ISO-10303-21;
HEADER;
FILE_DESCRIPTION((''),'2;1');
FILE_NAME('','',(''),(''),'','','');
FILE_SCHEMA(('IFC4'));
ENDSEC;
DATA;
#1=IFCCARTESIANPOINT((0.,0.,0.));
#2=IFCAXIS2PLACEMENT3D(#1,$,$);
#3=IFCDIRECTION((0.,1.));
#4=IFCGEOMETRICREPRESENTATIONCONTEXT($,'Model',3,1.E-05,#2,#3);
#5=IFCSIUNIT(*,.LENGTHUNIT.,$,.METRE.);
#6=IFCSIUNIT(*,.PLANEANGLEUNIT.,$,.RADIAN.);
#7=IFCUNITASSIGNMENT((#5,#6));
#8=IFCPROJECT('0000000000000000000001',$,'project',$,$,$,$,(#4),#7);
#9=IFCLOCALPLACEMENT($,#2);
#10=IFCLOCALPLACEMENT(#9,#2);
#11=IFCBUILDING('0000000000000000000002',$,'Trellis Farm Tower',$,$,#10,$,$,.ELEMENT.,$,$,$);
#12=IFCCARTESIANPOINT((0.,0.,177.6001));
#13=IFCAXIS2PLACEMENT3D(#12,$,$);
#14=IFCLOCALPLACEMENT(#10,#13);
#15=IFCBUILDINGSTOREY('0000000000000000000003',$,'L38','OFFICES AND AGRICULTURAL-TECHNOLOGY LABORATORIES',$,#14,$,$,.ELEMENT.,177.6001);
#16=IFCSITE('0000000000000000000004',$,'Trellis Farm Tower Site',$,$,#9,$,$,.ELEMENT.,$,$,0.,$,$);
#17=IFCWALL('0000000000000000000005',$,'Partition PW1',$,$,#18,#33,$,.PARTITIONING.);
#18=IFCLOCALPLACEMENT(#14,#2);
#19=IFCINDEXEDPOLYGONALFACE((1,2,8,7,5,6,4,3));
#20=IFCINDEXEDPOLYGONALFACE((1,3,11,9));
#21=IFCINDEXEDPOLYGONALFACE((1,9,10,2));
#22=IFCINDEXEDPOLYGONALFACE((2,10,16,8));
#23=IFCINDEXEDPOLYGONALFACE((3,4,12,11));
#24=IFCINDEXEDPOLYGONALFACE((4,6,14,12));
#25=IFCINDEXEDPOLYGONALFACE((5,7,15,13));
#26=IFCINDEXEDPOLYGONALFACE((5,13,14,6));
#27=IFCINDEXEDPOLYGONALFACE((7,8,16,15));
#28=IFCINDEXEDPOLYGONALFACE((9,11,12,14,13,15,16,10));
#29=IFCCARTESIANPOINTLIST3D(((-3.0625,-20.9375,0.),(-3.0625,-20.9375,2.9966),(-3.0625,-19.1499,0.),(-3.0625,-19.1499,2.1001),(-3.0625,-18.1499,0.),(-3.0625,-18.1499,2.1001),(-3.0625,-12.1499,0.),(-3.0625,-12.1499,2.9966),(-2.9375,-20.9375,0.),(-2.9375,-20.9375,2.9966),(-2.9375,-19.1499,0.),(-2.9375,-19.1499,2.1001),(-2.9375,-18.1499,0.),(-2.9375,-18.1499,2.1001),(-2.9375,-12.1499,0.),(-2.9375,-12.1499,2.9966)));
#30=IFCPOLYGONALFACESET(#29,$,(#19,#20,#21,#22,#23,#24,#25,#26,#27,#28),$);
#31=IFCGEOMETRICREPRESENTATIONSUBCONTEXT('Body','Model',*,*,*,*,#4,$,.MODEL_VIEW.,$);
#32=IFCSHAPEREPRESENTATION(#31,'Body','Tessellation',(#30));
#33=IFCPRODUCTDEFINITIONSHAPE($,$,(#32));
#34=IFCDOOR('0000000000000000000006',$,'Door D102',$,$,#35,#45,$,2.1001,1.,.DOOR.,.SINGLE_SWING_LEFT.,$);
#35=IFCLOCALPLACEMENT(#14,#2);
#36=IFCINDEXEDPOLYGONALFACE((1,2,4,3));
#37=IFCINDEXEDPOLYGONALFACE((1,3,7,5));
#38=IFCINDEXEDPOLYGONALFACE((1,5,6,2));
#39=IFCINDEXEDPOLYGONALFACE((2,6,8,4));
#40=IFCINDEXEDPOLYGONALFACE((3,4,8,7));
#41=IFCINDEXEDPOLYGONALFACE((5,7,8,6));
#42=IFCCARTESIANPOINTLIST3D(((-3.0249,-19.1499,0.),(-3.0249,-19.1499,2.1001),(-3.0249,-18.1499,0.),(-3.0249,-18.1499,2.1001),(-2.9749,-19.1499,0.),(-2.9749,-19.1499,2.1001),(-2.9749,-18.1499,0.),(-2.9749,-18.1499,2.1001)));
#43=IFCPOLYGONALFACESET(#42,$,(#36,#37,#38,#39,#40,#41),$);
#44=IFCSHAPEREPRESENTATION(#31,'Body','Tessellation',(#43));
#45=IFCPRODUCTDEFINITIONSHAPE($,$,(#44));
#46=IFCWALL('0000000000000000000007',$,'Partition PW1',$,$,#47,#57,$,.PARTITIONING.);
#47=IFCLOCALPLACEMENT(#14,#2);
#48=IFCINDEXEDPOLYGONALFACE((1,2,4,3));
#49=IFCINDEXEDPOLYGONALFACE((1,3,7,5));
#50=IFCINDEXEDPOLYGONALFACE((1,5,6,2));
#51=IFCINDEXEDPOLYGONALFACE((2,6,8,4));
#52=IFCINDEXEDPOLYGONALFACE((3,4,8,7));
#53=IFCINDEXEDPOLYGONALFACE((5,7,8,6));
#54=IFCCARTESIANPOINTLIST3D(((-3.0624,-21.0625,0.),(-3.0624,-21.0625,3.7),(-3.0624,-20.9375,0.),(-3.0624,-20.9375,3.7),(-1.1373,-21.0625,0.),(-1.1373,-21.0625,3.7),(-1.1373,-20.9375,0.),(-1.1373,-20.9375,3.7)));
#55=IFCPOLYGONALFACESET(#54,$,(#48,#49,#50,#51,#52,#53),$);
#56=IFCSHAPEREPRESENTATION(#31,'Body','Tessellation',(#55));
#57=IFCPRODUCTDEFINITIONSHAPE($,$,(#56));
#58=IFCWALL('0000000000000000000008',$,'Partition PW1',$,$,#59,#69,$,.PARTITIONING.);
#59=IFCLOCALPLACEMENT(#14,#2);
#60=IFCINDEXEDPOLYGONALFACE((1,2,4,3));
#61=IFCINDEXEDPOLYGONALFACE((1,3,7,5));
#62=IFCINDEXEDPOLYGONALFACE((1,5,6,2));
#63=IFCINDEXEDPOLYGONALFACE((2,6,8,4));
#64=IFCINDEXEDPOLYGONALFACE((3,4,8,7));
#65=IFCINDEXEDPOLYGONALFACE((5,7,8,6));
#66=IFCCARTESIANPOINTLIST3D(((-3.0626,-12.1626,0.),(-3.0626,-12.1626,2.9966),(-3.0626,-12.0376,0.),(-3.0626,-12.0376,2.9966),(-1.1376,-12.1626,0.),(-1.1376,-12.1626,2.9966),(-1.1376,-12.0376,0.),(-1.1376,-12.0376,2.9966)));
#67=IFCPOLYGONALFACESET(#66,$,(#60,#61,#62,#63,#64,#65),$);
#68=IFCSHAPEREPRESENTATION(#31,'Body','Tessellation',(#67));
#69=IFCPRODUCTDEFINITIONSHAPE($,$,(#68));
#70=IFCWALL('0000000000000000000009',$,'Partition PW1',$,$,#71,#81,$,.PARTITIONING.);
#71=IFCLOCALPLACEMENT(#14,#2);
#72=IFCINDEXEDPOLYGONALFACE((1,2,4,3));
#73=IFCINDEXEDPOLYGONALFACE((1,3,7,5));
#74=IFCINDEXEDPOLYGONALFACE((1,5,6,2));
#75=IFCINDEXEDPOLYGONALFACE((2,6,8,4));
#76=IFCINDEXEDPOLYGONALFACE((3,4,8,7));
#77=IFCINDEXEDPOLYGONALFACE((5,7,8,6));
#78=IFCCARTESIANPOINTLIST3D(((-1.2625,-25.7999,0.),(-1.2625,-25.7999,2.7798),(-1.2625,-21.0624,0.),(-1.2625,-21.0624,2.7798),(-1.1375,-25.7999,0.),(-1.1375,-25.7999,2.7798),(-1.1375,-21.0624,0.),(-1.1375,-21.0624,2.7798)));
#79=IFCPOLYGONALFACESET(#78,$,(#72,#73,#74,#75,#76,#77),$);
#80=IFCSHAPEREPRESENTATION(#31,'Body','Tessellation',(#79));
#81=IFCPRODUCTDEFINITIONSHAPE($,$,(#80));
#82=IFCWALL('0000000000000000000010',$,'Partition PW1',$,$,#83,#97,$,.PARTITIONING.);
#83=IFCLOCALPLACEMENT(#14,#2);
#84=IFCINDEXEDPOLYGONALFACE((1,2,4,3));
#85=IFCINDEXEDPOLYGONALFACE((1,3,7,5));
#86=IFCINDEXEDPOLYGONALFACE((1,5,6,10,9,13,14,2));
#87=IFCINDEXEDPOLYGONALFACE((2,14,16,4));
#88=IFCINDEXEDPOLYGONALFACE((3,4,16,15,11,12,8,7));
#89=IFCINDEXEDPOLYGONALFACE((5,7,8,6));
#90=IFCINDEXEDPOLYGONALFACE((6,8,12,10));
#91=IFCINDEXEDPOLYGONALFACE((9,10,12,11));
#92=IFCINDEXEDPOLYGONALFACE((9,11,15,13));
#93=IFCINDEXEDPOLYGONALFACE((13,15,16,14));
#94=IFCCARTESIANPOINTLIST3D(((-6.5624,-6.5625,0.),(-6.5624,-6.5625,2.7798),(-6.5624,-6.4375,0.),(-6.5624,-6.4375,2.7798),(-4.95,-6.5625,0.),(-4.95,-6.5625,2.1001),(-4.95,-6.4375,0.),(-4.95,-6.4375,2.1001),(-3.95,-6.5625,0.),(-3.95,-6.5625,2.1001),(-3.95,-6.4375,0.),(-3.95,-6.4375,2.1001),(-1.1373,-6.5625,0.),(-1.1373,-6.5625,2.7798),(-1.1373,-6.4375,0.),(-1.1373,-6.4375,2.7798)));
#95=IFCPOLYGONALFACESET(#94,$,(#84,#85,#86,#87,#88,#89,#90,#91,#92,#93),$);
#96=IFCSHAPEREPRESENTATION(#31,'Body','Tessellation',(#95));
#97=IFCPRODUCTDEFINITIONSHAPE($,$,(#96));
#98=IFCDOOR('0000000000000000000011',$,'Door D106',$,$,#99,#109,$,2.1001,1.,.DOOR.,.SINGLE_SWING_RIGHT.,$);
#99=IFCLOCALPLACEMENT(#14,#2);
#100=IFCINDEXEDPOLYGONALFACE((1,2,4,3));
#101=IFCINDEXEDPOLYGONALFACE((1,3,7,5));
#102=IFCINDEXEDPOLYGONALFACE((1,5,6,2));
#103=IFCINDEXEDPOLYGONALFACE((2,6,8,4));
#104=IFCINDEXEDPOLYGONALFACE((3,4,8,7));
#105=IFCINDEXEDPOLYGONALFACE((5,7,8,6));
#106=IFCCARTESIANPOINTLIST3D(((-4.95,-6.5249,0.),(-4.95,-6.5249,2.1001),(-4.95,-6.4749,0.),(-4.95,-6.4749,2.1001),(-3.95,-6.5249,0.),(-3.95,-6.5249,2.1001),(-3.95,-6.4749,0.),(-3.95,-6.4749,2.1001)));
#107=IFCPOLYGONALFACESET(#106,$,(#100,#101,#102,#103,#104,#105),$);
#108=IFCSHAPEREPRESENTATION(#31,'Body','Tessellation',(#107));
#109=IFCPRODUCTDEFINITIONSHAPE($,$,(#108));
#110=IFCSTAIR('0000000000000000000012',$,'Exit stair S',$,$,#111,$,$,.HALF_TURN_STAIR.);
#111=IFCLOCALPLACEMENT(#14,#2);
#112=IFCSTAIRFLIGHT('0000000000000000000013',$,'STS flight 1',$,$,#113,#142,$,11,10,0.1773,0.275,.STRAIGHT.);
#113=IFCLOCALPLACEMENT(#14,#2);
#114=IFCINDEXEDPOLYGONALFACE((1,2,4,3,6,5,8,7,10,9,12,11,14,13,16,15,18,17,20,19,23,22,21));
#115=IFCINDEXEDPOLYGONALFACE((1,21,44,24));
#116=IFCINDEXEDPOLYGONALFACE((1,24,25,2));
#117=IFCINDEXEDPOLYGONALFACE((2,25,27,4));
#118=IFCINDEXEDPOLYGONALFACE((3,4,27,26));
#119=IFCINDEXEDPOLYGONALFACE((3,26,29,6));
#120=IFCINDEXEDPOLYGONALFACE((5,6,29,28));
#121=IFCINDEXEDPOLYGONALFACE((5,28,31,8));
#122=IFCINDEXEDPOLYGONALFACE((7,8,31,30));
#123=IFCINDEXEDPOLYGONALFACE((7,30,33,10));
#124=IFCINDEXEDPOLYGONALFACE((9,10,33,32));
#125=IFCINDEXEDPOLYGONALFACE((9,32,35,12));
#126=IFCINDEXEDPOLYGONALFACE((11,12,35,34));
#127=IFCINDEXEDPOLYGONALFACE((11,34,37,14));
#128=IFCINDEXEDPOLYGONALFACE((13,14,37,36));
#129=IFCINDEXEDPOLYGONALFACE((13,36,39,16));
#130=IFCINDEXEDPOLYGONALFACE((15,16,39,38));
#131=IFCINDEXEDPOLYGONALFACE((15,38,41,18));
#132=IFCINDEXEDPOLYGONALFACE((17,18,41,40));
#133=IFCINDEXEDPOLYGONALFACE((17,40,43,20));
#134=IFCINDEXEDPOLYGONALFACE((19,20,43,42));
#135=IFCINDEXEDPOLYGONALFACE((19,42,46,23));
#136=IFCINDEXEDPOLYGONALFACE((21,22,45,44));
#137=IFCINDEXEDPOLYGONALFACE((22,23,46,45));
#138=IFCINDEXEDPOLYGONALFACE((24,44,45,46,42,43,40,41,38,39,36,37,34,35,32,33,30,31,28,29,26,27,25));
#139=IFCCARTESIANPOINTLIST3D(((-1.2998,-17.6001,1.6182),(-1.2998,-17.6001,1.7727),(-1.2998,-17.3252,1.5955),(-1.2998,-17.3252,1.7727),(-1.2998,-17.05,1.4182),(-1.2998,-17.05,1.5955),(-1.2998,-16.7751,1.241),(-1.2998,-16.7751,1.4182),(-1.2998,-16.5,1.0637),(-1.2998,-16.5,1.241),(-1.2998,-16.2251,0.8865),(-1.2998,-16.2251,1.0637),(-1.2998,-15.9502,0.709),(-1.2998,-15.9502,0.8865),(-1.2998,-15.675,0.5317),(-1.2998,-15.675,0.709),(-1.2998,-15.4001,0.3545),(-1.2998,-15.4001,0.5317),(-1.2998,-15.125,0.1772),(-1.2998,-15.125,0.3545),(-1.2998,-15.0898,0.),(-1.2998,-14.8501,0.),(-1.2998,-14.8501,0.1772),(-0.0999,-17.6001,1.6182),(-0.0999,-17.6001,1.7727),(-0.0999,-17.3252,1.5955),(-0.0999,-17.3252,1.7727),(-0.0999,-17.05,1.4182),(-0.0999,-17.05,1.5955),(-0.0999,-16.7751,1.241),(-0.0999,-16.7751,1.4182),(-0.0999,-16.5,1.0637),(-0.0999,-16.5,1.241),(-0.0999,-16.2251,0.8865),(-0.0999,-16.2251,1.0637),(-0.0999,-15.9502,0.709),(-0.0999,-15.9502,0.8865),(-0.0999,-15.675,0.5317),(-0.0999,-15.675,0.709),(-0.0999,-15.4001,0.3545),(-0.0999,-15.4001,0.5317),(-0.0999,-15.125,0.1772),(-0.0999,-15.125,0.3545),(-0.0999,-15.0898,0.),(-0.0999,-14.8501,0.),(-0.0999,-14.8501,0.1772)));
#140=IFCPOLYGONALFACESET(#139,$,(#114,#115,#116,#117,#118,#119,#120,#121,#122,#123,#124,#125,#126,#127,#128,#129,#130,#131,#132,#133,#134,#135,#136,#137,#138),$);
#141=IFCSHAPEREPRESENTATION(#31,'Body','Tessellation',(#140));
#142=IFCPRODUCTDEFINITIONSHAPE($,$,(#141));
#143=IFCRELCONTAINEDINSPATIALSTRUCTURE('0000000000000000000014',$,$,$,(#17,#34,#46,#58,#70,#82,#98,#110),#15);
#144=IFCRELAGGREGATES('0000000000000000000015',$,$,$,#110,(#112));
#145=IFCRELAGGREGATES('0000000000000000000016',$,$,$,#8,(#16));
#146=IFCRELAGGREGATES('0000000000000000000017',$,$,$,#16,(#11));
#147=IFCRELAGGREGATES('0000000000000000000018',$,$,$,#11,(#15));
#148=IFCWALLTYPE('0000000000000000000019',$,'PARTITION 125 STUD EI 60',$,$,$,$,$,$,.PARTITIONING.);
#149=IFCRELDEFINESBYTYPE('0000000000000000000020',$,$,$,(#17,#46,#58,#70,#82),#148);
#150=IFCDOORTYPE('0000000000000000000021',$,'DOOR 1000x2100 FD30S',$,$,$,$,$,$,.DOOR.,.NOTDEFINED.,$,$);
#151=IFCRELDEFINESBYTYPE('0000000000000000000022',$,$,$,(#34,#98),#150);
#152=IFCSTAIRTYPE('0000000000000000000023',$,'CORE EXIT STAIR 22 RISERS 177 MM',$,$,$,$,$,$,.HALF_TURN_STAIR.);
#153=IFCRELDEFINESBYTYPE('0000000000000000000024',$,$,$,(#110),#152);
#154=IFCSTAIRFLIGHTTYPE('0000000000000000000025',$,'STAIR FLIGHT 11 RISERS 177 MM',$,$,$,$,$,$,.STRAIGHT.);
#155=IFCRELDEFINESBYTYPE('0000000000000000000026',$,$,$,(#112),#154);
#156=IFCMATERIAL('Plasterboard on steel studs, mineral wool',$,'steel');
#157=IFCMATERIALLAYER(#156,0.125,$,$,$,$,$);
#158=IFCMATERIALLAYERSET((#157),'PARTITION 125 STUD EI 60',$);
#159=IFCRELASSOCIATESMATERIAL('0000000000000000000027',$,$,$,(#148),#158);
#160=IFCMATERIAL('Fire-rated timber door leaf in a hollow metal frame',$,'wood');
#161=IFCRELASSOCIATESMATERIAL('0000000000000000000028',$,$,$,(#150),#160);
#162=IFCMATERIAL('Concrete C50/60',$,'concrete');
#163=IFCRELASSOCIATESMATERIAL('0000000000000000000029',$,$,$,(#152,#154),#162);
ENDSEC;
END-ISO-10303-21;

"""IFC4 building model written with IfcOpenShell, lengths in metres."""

from ifc_helpers import new_model, si_unit, direction, frame, frame_2d, origin, place, context, subcontext, project, spatial, polyline, rectangle, outline, extrude, source, transform, mapped, material, layer, layer_set, type_object, element, fill, aggregate, save


model = new_model("IFC4")

# Units and contexts
model_context = context("Model", 3, precision=1e-05, world=origin(), true_north=direction((0.0, 1.0)))
body_context = subcontext(model_context, "Body", "Model", "MODEL_VIEW")
ifc_project = project(units=[si_unit("LENGTHUNIT", "METRE"), si_unit("PLANEANGLEUNIT", "RADIAN")], contexts=[model_context])

# Site, building, storey
site_placement = place(None, origin())
site = spatial("IfcSite", under=ifc_project, at=site_placement, Name="Trellis Farm Tower Site", CompositionType="ELEMENT", RefElevation=0.0)
building_placement = place(site_placement, origin())
building = spatial("IfcBuilding", under=site, at=building_placement, Name="Trellis Farm Tower", CompositionType="ELEMENT")
storey_placement = place(building_placement, frame((0.0, 0.0, 177.6001)))
storey = spatial("IfcBuildingStorey", under=building, at=storey_placement, Name="L38", Description="OFFICES AND AGRICULTURAL-TECHNOLOGY LABORATORIES", CompositionType="ELEMENT", Elevation=177.6001)

# Shared definitions
placement = place(storey_placement, origin())

# Shared definitions
ifc_material_1 = material(Name="Plasterboard on steel studs, mineral wool", Category="steel")
ifc_layer_1 = layer(ifc_material_1, 0.125)
ifc_layer_set_1 = layer_set([ifc_layer_1], Name="PARTITION 125 STUD EI 60")
wall_type_1 = type_object("IfcWallType", Name="PARTITION 125 STUD EI 60", PredefinedType="PARTITIONING", material=ifc_layer_set_1)
shared_shape_1 = source(origin(), body_context, "Body", "SweptSolid", [
    extrude(rectangle(XDim=1.0, YDim=2.1001, at=frame_2d((0.5, 1.05))), frame((0.0, 0.0725, 0.0), z_axis=(0.0, -1.0, 0.0), x_axis=(1.0, 0.0, 0.0)), (0.0, 0.0, 1.0), 0.145),
])
ifc_material_2 = material(Name="Fire-rated timber door leaf in a hollow metal frame", Category="wood")
door_type = type_object("IfcDoorType", Name="DOOR 1000x2100 FD30S", OperationType="NOTDEFINED", PredefinedType="DOOR", material=ifc_material_2)
shared_shape_2 = source(origin(), body_context, "Body", "SweptSolid", [
    extrude(rectangle(XDim=1.0, YDim=2.1001, at=frame_2d((0.5, 1.05))), frame((0.0, 0.0249, 0.0), z_axis=(0.0, -1.0, 0.0), x_axis=(1.0, 0.0, 0.0)), (0.0, 0.0, 1.0), 0.05),
])

# Wall, opening, door
shared_shape_3 = source(origin(), body_context, "Body", "SweptSolid", [
    extrude(rectangle(XDim=8.7876, YDim=0.125, at=frame_2d((4.3938, 0.0))), origin(), (0.0, 0.0, 1.0), 2.9966),
])
wall_1_placement = place(storey_placement, frame((-3.0, -20.9375, 0.0), z_axis=(0.0, 0.0, 1.0), x_axis=(0.0, 1.0, 0.0)))
wall_1 = element("IfcWall", 1, at=wall_1_placement, inside=storey, type_object=wall_type_1, Name="Partition PW1", PredefinedType="PARTITIONING", context=body_context, shape_type="MappedRepresentation", body=[
    mapped(shared_shape_3, transform((0.0, 0.0, 0.0))),
])
opening_1_placement = place(wall_1_placement, frame((1.7876, 0.0, 0.0)))
opening_1 = element("IfcOpeningElement", 2, at=opening_1_placement, cuts=wall_1, PredefinedType="OPENING", context=body_context, shape_type="MappedRepresentation", body=[
    mapped(shared_shape_1, transform((0.0, 0.0, 0.0))),
])
door_1_placement = place(opening_1_placement, origin())
door_1 = element("IfcDoor", 3, at=door_1_placement, inside=storey, type_object=door_type, Name="Door D102", OperationType="SINGLE_SWING_LEFT", OverallHeight=2.1001, OverallWidth=1.0, PredefinedType="DOOR", context=body_context, shape_type="MappedRepresentation", body=[
    mapped(shared_shape_2, transform((0.0, 0.0, 0.0))),
])
fill(opening_1, door_1)

# Walls
shared_shape_4 = source(origin(), body_context, "Body", "SweptSolid", [
    extrude(rectangle(XDim=1.925, YDim=0.125, at=frame_2d((0.9624, 0.0))), origin(), (0.0, 0.0, 1.0), 3.7),
])
wall_2_placement = place(storey_placement, frame((-1.1375, -21.0, 0.0), z_axis=(0.0, 0.0, 1.0), x_axis=(-1.0, 0.0, 0.0)))
element("IfcWall", 4, at=wall_2_placement, inside=storey, type_object=wall_type_1, Name="Partition PW1", PredefinedType="PARTITIONING", context=body_context, shape_type="MappedRepresentation", body=[
    mapped(shared_shape_4, transform((0.0, 0.0, 0.0))),
])
shared_shape_5 = source(origin(), body_context, "Body", "SweptSolid", [
    extrude(rectangle(XDim=1.925, YDim=0.125, at=frame_2d((0.9624, 0.0))), origin(), (0.0, 0.0, 1.0), 2.9966),
])
wall_3_placement = place(storey_placement, frame((-3.0625, -12.1001, 0.0), z_axis=(0.0, 0.0, 1.0), x_axis=(1.0, 0.0, 0.0)))
element("IfcWall", 5, at=wall_3_placement, inside=storey, type_object=wall_type_1, Name="Partition PW1", PredefinedType="PARTITIONING", context=body_context, shape_type="MappedRepresentation", body=[
    mapped(shared_shape_5, transform((0.0, 0.0, 0.0))),
])
shared_shape_6 = source(origin(), body_context, "Body", "SweptSolid", [
    extrude(rectangle(XDim=4.7375, YDim=0.125, at=frame_2d((2.3687, 0.0))), origin(), (0.0, 0.0, 1.0), 2.7798),
])
wall_4_placement = place(storey_placement, frame((-1.2, -21.0625, 0.0), z_axis=(0.0, 0.0, 1.0), x_axis=(0.0, -1.0, 0.0)))
element("IfcWall", 6, at=wall_4_placement, inside=storey, type_object=wall_type_1, Name="Partition PW1", PredefinedType="PARTITIONING", context=body_context, shape_type="MappedRepresentation", body=[
    mapped(shared_shape_6, transform((0.0, 0.0, 0.0))),
])

# Wall, opening, door
shared_shape_7 = source(origin(), body_context, "Body", "SweptSolid", [
    extrude(rectangle(XDim=5.425, YDim=0.125, at=frame_2d((2.7124, 0.0))), origin(), (0.0, 0.0, 1.0), 2.7798),
])
wall_5_placement = place(storey_placement, frame((-1.1375, -6.5, 0.0), z_axis=(0.0, 0.0, 1.0), x_axis=(-1.0, 0.0, 0.0)))
wall_5 = element("IfcWall", 7, at=wall_5_placement, inside=storey, type_object=wall_type_1, Name="Partition PW1", PredefinedType="PARTITIONING", context=body_context, shape_type="MappedRepresentation", body=[
    mapped(shared_shape_7, transform((0.0, 0.0, 0.0))),
])
opening_2_placement = place(wall_5_placement, frame((2.8125, 0.0, 0.0)))
opening_2 = element("IfcOpeningElement", 8, at=opening_2_placement, cuts=wall_5, PredefinedType="OPENING", context=body_context, shape_type="MappedRepresentation", body=[
    mapped(shared_shape_1, transform((0.0, 0.0, 0.0))),
])
door_2_placement = place(opening_2_placement, origin())
door_2 = element("IfcDoor", 9, at=door_2_placement, inside=storey, type_object=door_type, Name="Door D106", OperationType="SINGLE_SWING_RIGHT", OverallHeight=2.1001, OverallWidth=1.0, PredefinedType="DOOR", context=body_context, shape_type="MappedRepresentation", body=[
    mapped(shared_shape_2, transform((0.0, 0.0, 0.0))),
])
fill(opening_2, door_2)

# Stair, stair flight
ifc_material_3 = material(Name="Concrete C50/60", Category="concrete")
stair_type = type_object("IfcStairType", Name="CORE EXIT STAIR 22 RISERS 177 MM", PredefinedType="HALF_TURN_STAIR", material=ifc_material_3)
stair = element("IfcStair", 10, at=placement, inside=storey, type_object=stair_type, Name="Exit stair S", PredefinedType="HALF_TURN_STAIR")
stair_flight_type = type_object("IfcStairFlightType", Name="STAIR FLIGHT 11 RISERS 177 MM", PredefinedType="STRAIGHT", material=ifc_material_3)
shared_shape_8 = source(origin(), body_context, "Body", "SweptSolid", [
    extrude(outline(polyline([(0.0, 0.0), (0.0, 0.1772), (0.2749, 0.1772), (0.2749, 0.3545), (0.55, 0.3545), (0.55, 0.5317), (0.825, 0.5317), (0.825, 0.709), (1.1001, 0.709), (1.1001, 0.8865), (1.375, 0.8865), (1.375, 1.0637), (1.6499, 1.0637), (1.6499, 1.241), (1.925, 1.241), (1.925, 1.4182), (2.2, 1.4182), (2.2, 1.5955), (2.4751, 1.5955), (2.4751, 1.7727), (2.75, 1.7727), (2.75, 1.95), (2.75, 1.6182), (0.2397, 0.0), (0.0, 0.0)])), frame((0.0, 0.6001, 0.0), z_axis=(0.0, -1.0, 0.0), x_axis=(1.0, 0.0, 0.0)), (0.0, 0.0, 1.0), 1.2),
])
stair_flight_placement = place(storey_placement, frame((-0.7, -14.8501, 0.0), z_axis=(0.0, 0.0, 1.0), x_axis=(0.0, -1.0, 0.0)))
stair_flight = element("IfcStairFlight", 11, at=stair_flight_placement, type_object=stair_flight_type, Name="STS flight 1", NumberOfRisers=11, NumberOfTreads=10, PredefinedType="STRAIGHT", RiserHeight=0.1773, TreadLength=0.275, context=body_context, shape_type="MappedRepresentation", body=[
    mapped(shared_shape_8, transform((0.0, 0.0, 0.0))),
])
aggregate(stair, [stair_flight])

save(model, "model.ifc")
